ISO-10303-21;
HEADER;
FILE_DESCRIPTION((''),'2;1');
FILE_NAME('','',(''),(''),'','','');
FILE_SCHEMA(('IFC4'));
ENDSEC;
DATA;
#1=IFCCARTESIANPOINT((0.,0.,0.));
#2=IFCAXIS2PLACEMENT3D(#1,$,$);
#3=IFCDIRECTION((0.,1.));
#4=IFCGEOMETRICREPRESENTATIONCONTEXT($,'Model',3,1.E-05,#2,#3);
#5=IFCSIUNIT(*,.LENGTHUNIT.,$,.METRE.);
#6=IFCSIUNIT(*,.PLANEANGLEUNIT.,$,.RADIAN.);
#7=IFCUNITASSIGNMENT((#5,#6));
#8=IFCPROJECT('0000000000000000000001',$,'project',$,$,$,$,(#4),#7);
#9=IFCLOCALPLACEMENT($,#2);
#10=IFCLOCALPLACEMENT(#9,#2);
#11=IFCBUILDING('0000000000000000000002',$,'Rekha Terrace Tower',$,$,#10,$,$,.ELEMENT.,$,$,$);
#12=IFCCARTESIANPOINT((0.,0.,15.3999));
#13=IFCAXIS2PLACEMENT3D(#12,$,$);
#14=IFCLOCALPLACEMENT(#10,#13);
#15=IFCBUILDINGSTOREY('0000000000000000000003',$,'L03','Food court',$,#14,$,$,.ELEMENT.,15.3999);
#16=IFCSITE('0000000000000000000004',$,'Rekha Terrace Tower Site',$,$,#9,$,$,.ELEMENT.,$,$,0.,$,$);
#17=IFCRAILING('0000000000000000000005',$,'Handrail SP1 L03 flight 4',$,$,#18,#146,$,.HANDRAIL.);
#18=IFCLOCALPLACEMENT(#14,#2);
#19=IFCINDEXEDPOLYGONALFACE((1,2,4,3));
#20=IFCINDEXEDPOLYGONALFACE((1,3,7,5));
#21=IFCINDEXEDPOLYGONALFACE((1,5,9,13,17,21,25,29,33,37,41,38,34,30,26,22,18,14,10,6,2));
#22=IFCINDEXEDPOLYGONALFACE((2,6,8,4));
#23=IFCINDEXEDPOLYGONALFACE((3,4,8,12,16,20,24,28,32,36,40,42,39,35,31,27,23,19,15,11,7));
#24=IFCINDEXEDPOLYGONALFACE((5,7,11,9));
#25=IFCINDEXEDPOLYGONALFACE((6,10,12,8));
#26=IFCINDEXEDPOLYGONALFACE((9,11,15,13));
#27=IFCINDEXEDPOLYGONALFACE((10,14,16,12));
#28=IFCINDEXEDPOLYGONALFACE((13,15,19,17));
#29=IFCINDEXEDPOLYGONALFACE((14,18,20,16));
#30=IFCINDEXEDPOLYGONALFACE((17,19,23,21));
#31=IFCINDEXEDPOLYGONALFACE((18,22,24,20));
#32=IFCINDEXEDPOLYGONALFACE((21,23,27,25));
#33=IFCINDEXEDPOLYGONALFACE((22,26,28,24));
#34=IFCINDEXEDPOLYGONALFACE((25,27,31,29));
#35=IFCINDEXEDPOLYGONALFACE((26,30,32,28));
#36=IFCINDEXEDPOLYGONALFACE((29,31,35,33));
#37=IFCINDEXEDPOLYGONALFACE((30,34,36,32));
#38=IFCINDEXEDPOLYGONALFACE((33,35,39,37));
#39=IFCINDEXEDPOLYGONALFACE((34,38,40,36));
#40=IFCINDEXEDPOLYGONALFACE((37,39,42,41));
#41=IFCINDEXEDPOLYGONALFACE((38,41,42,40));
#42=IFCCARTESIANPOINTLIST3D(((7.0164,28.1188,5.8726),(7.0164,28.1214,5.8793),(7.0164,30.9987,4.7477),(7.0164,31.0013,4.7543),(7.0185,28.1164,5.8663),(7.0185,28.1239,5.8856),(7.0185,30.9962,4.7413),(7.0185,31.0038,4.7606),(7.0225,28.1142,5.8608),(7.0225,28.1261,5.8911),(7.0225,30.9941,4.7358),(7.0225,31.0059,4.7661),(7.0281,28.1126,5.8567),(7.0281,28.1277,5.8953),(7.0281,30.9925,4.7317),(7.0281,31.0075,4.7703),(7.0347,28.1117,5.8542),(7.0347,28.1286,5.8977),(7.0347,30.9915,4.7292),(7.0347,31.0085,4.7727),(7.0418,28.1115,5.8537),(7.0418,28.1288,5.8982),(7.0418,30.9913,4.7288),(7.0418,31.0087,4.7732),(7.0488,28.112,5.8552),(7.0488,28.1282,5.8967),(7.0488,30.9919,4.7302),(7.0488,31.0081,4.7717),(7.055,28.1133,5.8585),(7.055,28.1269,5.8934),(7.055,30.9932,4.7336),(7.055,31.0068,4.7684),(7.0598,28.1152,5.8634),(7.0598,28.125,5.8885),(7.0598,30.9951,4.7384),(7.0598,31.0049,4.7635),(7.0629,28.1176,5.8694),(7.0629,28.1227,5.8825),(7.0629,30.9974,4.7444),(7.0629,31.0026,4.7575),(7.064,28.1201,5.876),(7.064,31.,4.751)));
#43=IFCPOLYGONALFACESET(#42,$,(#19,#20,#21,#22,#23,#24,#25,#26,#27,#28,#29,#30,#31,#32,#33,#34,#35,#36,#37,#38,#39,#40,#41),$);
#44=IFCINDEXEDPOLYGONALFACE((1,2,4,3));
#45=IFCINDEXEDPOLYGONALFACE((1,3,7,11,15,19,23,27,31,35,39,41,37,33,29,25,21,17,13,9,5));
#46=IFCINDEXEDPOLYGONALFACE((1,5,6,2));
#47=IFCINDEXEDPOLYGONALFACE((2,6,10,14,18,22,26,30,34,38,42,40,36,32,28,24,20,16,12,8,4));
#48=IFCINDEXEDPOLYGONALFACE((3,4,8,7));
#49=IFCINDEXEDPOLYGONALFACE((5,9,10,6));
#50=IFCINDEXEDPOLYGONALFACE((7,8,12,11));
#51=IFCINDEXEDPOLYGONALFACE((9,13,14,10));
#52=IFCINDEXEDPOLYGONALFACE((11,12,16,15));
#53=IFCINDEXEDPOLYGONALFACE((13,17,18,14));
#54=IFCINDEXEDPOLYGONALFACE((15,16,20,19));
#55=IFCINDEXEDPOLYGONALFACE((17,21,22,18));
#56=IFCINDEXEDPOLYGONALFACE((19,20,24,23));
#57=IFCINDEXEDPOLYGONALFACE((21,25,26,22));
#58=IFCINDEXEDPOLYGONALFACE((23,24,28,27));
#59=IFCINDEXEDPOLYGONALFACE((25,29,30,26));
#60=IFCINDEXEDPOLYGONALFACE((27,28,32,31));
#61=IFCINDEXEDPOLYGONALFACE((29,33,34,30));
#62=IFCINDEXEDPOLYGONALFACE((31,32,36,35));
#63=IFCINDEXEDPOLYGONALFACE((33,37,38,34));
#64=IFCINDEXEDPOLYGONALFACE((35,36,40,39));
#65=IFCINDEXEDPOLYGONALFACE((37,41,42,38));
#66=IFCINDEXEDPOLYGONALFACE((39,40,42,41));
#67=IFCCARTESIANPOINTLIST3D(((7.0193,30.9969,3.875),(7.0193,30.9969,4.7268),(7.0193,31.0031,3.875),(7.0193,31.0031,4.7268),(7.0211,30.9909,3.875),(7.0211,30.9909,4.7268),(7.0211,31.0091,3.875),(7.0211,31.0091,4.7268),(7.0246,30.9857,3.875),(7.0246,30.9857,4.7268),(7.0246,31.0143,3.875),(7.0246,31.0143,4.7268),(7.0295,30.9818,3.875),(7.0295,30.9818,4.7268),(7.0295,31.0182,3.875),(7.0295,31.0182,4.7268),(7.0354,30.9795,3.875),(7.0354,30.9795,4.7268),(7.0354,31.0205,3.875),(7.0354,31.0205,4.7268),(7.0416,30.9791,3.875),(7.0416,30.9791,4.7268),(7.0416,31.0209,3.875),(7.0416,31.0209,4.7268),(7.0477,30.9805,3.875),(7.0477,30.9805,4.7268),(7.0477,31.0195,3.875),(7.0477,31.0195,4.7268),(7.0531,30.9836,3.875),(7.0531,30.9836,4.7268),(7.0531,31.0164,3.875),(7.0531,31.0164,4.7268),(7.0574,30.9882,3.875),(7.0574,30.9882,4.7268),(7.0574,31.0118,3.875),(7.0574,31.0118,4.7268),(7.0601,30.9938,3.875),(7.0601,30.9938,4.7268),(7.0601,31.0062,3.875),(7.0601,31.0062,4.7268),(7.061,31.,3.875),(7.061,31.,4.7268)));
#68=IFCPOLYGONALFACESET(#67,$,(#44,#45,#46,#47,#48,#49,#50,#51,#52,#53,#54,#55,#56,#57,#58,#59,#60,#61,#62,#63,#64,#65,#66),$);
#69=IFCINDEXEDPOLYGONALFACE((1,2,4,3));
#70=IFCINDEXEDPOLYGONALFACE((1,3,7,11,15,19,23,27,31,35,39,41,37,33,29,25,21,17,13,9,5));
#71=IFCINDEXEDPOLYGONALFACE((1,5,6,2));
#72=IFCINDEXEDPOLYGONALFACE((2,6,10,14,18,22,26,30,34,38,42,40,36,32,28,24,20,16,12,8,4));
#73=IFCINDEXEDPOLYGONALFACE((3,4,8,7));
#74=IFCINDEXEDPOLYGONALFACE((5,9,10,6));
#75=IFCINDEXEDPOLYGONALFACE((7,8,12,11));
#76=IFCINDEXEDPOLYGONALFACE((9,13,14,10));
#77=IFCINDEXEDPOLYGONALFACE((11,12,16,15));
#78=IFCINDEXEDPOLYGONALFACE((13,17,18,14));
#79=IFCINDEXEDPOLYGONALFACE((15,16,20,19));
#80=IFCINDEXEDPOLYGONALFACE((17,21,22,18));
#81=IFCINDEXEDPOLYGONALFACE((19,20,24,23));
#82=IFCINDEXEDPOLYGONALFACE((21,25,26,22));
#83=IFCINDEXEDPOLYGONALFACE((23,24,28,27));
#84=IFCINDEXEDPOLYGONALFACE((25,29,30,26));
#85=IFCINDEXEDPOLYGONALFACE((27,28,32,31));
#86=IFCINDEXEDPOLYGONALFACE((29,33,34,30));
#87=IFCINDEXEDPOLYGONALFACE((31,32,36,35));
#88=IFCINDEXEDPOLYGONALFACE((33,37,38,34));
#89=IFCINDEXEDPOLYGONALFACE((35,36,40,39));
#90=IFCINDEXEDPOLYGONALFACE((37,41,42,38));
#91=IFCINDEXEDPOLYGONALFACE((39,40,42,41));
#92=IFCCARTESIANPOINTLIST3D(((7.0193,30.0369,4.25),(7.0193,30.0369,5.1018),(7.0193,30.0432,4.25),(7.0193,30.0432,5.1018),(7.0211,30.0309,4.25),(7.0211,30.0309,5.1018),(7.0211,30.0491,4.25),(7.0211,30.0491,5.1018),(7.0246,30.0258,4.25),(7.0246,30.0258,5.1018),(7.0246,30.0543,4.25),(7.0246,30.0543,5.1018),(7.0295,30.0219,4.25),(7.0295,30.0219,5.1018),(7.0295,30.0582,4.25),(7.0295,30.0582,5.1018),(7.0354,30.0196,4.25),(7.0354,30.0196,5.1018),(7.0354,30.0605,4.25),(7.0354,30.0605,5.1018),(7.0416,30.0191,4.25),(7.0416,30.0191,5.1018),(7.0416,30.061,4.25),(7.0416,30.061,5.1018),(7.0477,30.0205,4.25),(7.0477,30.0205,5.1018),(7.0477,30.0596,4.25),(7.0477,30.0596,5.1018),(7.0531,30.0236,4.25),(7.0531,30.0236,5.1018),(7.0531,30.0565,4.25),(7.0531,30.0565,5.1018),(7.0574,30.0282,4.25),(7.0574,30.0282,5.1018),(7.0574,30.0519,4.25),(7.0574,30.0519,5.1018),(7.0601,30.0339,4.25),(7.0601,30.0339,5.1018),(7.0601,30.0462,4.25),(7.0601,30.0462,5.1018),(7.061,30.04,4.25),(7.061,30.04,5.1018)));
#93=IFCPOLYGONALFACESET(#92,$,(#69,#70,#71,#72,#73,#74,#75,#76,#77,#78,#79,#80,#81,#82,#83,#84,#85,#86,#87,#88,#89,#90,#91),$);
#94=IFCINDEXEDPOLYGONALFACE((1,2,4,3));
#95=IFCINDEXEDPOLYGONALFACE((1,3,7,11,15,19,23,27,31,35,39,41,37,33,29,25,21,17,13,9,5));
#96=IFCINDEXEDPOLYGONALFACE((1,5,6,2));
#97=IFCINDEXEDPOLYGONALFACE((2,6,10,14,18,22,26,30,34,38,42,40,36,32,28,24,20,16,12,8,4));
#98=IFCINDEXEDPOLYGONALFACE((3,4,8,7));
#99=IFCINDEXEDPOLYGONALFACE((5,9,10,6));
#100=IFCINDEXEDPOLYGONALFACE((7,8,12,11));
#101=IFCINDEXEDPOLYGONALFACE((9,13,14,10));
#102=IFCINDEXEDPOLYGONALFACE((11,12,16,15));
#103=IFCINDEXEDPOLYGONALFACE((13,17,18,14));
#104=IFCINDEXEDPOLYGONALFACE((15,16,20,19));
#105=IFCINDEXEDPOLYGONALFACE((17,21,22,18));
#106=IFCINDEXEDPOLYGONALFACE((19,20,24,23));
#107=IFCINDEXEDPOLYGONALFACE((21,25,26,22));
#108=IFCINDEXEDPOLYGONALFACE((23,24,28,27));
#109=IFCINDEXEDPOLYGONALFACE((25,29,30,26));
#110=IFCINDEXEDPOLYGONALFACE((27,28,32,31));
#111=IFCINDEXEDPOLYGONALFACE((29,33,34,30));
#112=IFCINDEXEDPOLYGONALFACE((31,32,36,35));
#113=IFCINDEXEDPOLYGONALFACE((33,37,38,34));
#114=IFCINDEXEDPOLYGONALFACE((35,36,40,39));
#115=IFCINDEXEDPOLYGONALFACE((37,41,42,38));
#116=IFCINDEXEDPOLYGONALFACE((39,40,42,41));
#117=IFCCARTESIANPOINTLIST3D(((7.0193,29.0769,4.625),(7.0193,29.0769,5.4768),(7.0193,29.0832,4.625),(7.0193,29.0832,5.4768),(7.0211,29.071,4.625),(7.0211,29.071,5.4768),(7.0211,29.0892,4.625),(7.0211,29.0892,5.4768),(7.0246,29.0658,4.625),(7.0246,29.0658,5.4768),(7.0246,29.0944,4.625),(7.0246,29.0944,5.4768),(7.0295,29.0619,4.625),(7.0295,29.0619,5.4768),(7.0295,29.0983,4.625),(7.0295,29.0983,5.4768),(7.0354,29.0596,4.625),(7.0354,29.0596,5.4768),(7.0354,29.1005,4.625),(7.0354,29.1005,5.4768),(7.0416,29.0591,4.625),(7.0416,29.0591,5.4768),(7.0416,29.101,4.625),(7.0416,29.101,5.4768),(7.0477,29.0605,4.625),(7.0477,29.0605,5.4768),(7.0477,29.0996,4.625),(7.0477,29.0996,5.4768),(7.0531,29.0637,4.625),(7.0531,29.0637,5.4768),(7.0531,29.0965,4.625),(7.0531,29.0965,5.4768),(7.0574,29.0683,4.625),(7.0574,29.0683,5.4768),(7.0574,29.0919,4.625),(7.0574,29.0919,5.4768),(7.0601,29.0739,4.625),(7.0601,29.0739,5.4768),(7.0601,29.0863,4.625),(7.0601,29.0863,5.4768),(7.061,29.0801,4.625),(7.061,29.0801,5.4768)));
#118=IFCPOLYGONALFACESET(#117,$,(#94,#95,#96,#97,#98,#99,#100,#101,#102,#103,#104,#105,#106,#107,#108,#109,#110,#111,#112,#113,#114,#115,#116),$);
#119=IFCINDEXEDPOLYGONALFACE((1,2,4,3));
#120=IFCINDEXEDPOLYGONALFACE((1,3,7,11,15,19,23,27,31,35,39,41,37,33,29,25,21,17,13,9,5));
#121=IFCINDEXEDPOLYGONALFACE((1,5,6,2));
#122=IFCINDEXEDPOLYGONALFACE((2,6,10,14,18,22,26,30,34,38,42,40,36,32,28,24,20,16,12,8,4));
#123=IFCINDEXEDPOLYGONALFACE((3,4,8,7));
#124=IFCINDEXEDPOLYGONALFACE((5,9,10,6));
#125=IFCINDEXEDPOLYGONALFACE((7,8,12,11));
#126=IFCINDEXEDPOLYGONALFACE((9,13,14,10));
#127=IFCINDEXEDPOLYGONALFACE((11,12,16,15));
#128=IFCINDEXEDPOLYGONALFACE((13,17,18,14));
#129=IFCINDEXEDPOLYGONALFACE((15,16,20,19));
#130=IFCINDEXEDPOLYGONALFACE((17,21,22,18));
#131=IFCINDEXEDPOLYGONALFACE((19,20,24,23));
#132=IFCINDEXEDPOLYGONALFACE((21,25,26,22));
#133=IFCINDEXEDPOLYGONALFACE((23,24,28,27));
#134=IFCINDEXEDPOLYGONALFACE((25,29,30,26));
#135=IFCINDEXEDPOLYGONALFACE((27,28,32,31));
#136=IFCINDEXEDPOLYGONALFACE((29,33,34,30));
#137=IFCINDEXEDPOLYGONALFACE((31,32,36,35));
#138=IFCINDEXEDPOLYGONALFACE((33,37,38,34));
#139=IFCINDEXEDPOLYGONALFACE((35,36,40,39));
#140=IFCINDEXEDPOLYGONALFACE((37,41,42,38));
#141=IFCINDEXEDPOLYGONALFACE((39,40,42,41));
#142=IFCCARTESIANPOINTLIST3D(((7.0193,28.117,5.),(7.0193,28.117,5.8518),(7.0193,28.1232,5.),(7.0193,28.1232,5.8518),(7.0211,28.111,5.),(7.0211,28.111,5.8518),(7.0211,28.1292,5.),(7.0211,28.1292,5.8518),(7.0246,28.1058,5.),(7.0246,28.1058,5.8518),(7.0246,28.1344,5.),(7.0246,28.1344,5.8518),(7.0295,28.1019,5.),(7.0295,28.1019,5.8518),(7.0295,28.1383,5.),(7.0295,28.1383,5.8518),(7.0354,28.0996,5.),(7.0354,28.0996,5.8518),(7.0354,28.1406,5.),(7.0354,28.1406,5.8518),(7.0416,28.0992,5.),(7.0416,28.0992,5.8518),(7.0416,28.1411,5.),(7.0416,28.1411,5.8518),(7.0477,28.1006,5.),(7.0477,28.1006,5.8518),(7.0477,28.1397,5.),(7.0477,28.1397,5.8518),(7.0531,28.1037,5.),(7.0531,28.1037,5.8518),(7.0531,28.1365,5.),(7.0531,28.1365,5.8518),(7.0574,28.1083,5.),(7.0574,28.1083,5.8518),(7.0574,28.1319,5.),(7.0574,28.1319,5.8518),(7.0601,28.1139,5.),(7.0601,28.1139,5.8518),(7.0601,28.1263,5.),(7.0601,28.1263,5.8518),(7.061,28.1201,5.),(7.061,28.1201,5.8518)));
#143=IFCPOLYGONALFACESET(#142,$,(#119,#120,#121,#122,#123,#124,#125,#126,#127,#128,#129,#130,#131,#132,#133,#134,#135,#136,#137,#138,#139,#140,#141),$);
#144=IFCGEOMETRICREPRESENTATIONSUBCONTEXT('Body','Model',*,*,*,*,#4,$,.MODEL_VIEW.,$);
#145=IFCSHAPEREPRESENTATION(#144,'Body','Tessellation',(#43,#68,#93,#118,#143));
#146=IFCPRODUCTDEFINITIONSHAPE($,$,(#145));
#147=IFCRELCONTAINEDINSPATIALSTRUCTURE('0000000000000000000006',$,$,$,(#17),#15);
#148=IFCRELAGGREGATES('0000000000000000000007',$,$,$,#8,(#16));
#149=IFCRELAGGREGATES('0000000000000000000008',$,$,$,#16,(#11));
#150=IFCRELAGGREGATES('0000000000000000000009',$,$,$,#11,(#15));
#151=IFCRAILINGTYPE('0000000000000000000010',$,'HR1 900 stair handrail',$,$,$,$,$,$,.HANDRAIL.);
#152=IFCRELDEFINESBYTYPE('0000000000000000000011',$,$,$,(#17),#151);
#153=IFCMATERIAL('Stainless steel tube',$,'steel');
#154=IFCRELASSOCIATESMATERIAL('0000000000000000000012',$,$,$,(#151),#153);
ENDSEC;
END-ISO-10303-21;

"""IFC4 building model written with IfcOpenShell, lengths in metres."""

from ifc_helpers import new_model, si_unit, direction, frame, origin, origin_2d, place, context, subcontext, project, spatial, circle, extrude, material, type_object, element, save


model = new_model("IFC4")

# Units and contexts
model_context = context("Model", 3, precision=1e-05, world=origin(), true_north=direction((0.0, 1.0)))
body_context = subcontext(model_context, "Body", "Model", "MODEL_VIEW")
ifc_project = project(units=[si_unit("LENGTHUNIT", "METRE"), si_unit("PLANEANGLEUNIT", "RADIAN")], contexts=[model_context])

# Site, building, storey
site_placement = place(None, origin())
site = spatial("IfcSite", under=ifc_project, at=site_placement, Name="Rekha Terrace Tower Site", CompositionType="ELEMENT", RefElevation=0.0)
building_placement = place(site_placement, origin())
building = spatial("IfcBuilding", under=site, at=building_placement, Name="Rekha Terrace Tower", CompositionType="ELEMENT")
storey_placement = place(building_placement, frame((0.0, 0.0, 15.3999)))
storey = spatial("IfcBuildingStorey", under=building, at=storey_placement, Name="L03", Description="Food court", CompositionType="ELEMENT", Elevation=15.3999)

# Railing
ifc_material_1 = material(Name="Stainless steel tube", Category="steel")
railing_type = type_object("IfcRailingType", Name="HR1 900 stair handrail", PredefinedType="HANDRAIL", material=ifc_material_1)
railing_placement = place(storey_placement, frame((7.04, 31.0, 3.875)))
element("IfcRailing", 1, at=railing_placement, inside=storey, type_object=railing_type, Name="Handrail SP1 L03 flight 4", PredefinedType="HANDRAIL", context=body_context, shape_type="SweptSolid", body=[
    extrude(circle(Radius=0.0239, at=origin_2d()), frame((0.0, 0.0, 0.876), z_axis=(0.0, -0.931452, 0.363863), x_axis=(1.0, 0.0, 0.0)), (0.0, 0.0, 1.0), 3.0918),
    extrude(circle(Radius=0.021, at=origin_2d()), origin(), (0.0, 0.0, 1.0), 0.8518),
    extrude(circle(Radius=0.021, at=origin_2d()), frame((0.0, -0.96, 0.375)), (0.0, 0.0, 1.0), 0.8518),
    extrude(circle(Radius=0.021, at=origin_2d()), frame((0.0, -1.9199, 0.75)), (0.0, 0.0, 1.0), 0.8518),
    extrude(circle(Radius=0.021, at=origin_2d()), frame((0.0, -2.8799, 1.125)), (0.0, 0.0, 1.0), 0.8518),
])

save(model, "model.ifc")
